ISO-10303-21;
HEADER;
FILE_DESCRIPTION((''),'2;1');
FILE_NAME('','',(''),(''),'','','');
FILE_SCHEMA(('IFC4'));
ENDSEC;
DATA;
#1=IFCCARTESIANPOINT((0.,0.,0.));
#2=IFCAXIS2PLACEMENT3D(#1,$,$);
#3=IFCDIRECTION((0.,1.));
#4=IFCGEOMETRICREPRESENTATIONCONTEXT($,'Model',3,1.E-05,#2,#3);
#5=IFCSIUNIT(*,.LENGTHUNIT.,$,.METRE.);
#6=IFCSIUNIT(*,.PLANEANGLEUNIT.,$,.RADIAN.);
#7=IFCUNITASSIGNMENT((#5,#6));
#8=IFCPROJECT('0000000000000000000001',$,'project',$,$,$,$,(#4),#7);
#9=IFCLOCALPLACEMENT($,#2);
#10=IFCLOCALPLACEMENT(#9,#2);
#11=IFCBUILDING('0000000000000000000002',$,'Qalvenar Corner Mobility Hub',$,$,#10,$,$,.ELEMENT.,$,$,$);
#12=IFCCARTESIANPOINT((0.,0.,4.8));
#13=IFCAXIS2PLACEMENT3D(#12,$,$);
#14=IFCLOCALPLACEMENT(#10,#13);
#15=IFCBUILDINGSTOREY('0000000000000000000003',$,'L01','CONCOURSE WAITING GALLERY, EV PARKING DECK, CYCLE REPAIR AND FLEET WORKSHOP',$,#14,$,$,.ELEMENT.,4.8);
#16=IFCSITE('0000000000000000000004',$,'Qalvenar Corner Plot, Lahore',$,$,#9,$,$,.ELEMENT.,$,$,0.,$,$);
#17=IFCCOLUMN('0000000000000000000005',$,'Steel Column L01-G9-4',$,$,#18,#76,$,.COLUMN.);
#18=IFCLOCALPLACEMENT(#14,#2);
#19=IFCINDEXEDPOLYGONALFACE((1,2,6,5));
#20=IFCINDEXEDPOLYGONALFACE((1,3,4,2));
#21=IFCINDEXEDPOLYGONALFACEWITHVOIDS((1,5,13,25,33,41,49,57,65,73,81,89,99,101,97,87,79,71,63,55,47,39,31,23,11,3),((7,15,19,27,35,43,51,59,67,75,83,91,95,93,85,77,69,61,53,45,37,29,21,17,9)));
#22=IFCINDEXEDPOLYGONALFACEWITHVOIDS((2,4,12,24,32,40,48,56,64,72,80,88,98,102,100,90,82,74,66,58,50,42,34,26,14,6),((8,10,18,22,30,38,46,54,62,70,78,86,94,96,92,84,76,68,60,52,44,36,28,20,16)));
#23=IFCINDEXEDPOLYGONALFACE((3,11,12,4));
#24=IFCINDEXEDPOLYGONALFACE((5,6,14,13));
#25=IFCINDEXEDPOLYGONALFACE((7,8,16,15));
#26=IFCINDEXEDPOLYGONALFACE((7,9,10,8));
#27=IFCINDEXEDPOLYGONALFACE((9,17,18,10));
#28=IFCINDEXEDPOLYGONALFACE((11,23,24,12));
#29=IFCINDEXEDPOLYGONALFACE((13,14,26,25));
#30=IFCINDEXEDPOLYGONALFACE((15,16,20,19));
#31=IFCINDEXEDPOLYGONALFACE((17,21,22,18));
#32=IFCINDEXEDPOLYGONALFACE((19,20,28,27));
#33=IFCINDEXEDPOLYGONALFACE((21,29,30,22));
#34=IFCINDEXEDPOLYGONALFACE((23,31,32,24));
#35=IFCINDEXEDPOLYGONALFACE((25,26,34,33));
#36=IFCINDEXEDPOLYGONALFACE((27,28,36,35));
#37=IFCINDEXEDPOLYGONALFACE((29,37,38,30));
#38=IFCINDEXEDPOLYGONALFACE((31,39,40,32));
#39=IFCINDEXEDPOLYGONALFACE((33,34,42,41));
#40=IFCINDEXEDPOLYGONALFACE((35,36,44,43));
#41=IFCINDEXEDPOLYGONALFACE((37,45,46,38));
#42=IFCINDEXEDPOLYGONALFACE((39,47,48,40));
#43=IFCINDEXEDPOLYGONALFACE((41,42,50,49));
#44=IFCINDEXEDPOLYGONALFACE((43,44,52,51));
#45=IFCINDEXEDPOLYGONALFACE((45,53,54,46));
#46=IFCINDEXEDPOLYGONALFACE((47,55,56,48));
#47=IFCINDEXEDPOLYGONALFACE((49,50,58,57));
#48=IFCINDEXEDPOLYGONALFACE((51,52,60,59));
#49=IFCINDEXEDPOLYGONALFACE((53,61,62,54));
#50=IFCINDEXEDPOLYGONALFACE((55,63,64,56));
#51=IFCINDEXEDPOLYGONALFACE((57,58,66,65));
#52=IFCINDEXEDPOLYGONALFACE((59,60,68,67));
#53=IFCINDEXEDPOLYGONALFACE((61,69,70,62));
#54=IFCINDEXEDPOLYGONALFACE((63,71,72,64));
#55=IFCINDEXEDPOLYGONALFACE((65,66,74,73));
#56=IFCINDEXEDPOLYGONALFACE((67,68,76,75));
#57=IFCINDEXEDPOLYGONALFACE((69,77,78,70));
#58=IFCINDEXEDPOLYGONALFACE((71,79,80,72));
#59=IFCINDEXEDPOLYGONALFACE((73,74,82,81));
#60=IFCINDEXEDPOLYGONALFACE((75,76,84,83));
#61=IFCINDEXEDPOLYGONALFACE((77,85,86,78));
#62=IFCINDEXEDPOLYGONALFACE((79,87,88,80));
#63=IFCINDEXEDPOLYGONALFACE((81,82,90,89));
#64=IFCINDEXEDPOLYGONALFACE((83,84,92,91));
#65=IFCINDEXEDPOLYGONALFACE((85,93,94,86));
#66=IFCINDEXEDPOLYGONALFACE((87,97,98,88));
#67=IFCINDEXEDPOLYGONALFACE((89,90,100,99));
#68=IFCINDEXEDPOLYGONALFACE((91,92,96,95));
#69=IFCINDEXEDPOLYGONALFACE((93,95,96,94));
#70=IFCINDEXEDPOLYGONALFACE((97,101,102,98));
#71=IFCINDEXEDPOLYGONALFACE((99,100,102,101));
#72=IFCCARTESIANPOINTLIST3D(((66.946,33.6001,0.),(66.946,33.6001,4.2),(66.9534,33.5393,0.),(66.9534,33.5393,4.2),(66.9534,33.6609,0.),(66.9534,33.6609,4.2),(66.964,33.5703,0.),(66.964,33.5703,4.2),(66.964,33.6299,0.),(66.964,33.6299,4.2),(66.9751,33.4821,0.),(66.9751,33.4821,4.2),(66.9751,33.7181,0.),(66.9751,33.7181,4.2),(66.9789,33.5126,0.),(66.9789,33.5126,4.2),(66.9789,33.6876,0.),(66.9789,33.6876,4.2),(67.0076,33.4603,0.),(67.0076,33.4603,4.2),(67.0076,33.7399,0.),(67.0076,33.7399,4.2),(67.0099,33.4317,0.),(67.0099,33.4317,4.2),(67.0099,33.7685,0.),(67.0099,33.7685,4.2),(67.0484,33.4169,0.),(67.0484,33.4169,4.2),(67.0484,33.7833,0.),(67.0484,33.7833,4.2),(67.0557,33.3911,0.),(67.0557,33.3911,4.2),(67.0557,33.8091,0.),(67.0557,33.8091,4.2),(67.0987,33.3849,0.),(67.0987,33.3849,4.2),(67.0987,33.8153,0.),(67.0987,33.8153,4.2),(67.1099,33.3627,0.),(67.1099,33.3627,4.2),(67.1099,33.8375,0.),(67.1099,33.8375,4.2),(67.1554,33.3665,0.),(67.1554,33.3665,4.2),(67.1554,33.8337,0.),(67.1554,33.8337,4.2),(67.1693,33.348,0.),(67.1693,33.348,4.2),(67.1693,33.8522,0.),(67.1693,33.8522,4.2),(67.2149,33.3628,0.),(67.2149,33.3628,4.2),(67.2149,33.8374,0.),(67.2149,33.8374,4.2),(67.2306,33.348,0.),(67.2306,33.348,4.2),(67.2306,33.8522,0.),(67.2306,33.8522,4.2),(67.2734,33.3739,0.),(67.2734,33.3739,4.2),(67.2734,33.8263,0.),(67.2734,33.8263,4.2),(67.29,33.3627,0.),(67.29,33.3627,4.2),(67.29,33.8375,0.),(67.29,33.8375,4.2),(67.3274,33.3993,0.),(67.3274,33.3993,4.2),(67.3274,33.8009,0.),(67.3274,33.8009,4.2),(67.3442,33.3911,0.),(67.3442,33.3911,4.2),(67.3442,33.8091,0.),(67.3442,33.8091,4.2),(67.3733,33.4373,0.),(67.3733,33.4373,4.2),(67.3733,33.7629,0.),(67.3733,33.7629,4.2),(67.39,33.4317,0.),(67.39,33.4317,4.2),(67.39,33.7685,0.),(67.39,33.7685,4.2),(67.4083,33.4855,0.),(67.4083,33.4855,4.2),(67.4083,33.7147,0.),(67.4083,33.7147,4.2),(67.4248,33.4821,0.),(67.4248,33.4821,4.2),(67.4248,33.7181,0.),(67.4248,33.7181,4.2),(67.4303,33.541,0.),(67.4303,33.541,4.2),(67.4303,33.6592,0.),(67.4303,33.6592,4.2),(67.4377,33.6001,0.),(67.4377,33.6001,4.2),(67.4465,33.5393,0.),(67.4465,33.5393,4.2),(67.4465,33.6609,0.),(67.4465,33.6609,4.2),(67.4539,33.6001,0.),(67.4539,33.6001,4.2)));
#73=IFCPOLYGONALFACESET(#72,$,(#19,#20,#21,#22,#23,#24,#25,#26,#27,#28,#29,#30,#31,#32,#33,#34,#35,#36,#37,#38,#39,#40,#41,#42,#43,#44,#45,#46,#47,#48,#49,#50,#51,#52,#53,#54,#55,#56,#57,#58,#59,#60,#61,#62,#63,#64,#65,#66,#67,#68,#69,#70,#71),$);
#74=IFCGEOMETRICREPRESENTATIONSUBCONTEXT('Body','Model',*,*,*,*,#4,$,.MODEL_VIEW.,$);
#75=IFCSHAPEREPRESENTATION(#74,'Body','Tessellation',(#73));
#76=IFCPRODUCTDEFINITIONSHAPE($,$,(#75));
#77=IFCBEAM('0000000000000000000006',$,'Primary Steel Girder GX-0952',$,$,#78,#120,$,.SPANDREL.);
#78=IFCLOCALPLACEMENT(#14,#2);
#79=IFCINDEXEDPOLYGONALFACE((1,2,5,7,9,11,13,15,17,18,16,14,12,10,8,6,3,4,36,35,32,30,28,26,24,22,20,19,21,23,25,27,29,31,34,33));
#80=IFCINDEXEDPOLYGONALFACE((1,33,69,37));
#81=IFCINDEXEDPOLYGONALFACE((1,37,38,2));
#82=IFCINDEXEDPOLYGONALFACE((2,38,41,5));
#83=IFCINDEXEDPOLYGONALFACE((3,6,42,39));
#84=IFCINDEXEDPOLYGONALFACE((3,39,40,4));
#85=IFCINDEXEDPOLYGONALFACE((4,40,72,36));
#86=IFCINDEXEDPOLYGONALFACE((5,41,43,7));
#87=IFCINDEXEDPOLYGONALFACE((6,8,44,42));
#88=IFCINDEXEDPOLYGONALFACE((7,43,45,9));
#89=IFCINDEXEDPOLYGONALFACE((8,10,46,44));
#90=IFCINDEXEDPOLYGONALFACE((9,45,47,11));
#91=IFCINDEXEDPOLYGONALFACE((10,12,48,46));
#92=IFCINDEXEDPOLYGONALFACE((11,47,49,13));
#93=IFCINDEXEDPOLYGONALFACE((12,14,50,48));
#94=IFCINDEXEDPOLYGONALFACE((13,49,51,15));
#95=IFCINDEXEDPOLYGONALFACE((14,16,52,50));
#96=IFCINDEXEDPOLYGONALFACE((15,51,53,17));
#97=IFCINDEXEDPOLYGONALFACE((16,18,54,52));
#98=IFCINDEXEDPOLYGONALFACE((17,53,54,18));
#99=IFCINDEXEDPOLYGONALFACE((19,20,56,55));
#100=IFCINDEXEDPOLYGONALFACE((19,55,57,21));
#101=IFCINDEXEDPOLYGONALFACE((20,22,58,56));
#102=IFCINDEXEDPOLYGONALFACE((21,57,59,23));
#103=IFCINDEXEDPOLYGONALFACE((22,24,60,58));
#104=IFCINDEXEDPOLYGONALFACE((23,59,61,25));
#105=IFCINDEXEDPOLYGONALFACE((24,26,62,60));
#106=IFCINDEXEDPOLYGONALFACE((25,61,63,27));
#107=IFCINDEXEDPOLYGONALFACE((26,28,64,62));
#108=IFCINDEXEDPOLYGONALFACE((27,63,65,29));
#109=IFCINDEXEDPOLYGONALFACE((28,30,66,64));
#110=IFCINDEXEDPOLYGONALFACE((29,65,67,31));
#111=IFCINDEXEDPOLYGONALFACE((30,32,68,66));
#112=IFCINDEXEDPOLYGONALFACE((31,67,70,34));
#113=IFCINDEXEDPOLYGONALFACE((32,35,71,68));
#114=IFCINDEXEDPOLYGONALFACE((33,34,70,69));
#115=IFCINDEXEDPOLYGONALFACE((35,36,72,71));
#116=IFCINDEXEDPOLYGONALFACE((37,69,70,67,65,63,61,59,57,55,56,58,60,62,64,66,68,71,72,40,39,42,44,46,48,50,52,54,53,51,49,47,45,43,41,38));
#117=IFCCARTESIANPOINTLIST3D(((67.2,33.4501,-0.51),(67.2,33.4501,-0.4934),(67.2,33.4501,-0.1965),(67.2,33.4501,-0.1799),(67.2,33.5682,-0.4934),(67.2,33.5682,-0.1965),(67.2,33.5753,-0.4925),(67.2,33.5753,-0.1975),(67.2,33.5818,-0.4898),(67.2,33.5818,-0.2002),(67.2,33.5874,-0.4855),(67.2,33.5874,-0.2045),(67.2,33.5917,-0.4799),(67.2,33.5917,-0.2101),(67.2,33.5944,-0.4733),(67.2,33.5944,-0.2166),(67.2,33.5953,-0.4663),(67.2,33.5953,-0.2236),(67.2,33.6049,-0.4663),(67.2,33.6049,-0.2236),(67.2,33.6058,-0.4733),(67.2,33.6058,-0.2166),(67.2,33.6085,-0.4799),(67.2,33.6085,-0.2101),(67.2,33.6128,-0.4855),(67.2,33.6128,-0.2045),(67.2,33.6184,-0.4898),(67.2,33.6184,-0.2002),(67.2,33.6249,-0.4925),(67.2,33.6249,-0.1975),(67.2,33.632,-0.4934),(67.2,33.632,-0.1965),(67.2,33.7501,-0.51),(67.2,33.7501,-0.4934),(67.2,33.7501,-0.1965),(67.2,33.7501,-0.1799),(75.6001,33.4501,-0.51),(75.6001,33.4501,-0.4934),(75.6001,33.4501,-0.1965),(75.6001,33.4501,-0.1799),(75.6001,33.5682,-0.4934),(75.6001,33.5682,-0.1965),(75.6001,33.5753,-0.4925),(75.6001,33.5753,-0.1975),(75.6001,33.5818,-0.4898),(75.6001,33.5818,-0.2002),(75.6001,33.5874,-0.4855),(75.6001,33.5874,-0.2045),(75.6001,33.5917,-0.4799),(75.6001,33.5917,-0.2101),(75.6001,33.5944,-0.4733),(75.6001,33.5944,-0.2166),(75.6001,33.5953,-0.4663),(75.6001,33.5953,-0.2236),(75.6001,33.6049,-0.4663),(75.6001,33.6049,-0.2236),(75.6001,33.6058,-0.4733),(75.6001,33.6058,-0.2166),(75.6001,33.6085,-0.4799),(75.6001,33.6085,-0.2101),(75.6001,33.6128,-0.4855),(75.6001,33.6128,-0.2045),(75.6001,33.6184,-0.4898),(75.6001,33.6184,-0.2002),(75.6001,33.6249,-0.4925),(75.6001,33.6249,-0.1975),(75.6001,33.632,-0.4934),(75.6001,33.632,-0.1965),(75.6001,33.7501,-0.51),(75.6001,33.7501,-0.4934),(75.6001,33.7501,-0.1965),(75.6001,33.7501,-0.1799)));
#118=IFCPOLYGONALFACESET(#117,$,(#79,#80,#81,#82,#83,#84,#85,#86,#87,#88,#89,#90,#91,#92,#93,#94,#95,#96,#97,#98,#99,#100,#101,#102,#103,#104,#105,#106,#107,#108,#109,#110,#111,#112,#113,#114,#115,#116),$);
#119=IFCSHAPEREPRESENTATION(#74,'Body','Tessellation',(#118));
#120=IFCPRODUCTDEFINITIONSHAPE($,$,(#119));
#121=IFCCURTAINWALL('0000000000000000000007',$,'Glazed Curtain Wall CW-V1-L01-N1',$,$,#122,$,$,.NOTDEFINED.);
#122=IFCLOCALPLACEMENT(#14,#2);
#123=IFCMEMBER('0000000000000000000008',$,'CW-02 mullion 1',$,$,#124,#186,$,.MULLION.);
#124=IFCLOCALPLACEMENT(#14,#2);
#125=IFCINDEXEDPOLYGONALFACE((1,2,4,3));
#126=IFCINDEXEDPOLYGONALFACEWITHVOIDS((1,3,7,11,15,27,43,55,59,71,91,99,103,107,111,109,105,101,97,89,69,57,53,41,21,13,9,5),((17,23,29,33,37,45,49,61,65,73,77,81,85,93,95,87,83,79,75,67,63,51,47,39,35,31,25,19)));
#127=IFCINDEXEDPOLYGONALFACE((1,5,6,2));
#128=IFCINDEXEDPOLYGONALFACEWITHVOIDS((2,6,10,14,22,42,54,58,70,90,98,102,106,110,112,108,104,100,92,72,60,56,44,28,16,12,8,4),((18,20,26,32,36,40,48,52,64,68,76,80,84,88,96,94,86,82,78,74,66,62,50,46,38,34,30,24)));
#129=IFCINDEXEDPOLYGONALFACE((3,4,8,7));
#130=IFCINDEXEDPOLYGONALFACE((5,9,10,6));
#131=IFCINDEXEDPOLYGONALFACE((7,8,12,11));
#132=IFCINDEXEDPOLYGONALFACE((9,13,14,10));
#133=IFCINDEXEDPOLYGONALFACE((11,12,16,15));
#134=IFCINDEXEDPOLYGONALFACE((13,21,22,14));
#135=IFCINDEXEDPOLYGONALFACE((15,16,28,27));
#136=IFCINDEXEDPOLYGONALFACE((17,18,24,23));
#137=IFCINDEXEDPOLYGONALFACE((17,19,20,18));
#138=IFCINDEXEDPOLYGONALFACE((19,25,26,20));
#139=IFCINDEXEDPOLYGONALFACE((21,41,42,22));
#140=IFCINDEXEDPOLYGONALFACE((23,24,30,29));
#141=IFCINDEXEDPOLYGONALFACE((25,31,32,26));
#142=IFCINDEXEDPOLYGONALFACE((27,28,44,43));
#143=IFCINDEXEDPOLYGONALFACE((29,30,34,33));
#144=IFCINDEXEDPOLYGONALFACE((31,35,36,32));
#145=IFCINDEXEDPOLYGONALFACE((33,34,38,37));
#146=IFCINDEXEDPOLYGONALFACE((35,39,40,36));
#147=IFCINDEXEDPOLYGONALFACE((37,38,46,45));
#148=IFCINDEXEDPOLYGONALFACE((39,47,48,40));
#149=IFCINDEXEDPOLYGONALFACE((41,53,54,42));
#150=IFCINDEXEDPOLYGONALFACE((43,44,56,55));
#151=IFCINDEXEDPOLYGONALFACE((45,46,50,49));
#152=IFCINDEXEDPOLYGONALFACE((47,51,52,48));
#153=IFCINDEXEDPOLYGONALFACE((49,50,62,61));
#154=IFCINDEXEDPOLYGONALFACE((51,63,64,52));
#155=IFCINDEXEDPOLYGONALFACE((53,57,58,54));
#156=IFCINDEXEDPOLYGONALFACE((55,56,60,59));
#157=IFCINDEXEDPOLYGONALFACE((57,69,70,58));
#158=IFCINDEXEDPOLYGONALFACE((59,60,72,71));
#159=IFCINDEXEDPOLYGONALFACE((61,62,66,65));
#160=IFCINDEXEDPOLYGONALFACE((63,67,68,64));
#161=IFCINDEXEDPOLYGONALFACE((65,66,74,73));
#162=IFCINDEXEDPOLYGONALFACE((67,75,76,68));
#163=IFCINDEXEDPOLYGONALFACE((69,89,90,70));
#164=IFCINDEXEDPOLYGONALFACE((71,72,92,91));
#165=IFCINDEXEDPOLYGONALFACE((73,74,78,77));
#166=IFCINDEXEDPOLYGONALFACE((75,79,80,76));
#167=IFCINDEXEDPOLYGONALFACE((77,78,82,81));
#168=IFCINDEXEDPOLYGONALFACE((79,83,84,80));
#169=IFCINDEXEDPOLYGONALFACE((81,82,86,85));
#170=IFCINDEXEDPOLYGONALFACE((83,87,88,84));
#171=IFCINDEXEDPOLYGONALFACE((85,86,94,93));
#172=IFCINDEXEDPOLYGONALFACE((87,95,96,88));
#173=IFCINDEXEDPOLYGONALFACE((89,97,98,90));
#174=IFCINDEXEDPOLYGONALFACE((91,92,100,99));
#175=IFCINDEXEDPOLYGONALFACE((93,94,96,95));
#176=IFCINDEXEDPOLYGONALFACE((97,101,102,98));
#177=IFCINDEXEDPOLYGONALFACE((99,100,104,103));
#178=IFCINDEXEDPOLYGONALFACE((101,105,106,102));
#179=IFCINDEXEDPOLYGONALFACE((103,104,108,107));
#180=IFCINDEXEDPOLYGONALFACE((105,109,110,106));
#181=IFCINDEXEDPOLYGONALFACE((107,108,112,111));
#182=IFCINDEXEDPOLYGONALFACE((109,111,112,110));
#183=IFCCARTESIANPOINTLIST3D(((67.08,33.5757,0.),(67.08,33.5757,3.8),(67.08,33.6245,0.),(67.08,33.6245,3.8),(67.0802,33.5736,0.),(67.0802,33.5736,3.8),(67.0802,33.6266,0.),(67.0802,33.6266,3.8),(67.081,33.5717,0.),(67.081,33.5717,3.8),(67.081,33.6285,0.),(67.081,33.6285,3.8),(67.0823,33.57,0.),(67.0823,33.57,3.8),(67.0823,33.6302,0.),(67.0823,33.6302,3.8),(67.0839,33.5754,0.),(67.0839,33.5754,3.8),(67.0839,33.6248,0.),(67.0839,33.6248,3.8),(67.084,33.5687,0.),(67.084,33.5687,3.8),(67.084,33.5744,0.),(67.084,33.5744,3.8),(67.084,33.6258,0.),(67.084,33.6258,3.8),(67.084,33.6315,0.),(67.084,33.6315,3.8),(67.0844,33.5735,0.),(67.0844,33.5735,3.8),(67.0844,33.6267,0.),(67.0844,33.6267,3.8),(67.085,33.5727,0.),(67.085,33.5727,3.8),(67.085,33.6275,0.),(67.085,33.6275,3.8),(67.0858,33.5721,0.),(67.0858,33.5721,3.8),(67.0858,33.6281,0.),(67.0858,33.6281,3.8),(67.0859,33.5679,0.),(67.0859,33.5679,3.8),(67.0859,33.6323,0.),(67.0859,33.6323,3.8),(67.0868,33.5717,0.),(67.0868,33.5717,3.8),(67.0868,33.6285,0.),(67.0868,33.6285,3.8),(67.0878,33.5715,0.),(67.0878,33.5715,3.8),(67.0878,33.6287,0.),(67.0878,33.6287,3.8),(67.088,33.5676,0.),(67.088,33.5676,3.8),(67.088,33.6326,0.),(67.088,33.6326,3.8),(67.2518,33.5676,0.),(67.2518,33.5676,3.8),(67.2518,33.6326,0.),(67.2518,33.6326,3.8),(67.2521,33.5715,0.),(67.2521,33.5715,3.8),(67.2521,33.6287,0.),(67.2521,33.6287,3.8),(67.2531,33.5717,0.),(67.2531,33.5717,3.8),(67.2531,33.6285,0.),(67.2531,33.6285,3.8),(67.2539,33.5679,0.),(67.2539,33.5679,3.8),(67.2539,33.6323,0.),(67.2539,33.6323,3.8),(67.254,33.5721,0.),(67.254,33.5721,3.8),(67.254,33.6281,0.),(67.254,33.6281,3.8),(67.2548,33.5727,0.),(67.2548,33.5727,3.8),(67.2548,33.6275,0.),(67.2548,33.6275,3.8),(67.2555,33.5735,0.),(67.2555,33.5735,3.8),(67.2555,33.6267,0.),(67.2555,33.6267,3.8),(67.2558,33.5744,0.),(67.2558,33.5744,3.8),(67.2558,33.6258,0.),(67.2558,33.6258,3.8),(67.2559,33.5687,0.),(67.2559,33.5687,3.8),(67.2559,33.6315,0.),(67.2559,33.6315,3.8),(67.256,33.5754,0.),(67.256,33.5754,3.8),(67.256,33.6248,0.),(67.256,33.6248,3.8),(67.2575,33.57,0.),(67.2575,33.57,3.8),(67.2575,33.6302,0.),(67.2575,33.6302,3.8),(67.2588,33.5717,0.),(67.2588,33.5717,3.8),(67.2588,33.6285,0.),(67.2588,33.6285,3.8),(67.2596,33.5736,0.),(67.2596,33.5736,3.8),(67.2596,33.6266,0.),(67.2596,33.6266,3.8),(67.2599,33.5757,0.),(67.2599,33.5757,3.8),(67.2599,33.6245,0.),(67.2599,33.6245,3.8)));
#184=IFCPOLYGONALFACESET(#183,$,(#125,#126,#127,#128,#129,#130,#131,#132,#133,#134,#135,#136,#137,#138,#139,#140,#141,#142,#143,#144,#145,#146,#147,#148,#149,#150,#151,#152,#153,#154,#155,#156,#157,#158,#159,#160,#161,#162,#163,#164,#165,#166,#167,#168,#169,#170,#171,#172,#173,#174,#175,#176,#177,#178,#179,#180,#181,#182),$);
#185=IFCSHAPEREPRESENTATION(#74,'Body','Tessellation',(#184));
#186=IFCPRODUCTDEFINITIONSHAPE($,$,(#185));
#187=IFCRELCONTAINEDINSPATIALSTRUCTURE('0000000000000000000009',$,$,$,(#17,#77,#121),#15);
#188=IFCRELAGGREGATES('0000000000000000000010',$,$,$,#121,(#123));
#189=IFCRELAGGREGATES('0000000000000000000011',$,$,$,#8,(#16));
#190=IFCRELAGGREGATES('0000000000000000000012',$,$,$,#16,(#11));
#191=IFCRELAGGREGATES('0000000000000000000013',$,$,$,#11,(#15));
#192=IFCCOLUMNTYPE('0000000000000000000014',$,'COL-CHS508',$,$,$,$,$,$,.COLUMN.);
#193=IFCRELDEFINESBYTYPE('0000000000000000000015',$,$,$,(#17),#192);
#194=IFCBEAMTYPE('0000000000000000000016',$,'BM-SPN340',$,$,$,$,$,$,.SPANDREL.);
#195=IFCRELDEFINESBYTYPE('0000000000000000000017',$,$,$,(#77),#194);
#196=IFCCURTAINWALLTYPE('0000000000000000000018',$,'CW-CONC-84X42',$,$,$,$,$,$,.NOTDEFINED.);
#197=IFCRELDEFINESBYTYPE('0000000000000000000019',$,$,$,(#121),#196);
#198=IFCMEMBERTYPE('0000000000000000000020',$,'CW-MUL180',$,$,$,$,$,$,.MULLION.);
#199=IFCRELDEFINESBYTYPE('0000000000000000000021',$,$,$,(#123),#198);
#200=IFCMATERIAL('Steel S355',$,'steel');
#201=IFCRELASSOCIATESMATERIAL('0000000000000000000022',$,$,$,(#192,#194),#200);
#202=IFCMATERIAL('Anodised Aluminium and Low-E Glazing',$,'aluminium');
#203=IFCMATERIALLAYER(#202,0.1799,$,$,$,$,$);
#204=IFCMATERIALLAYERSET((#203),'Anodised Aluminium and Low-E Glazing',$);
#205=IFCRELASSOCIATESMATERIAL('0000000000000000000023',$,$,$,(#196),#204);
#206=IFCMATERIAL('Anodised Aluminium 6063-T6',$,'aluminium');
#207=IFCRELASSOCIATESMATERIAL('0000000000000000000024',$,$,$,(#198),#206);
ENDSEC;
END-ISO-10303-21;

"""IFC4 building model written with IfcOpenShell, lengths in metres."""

from ifc_helpers import new_model, si_unit, direction, frame, origin, origin_2d, place, context, subcontext, project, spatial, hollow_rectangle, hollow_circle, i_section, extrude, material, layer, layer_set, material_profile, profile_set, type_object, element, aggregate, save


model = new_model("IFC4")

# Units and contexts
model_context = context("Model", 3, precision=1e-05, world=origin(), true_north=direction((0.0, 1.0)))
body_context = subcontext(model_context, "Body", "Model", "MODEL_VIEW")
ifc_project = project(units=[si_unit("LENGTHUNIT", "METRE"), si_unit("PLANEANGLEUNIT", "RADIAN")], contexts=[model_context])

# Site, building, storey
site_placement = place(None, origin())
site = spatial("IfcSite", under=ifc_project, at=site_placement, Name="Qalvenar Corner Plot, Lahore", CompositionType="ELEMENT", RefElevation=0.0)
building_placement = place(site_placement, origin())
building = spatial("IfcBuilding", under=site, at=building_placement, Name="Qalvenar Corner Mobility Hub", CompositionType="ELEMENT")
storey_placement = place(building_placement, frame((0.0, 0.0, 4.8)))
storey = spatial("IfcBuildingStorey", under=building, at=storey_placement, Name="L01", Description="CONCOURSE WAITING GALLERY, EV PARKING DECK, CYCLE REPAIR AND FLEET WORKSHOP", CompositionType="ELEMENT", Elevation=4.8)

# Column
ifc_material_1 = material(Name="Steel S355", Category="steel")
ifc_material_profile_1 = material_profile(ifc_material_1, hollow_circle(Radius=0.2539, WallThickness=0.0161, at=origin_2d()), Name="CHS508x16")
ifc_profile_set_1 = profile_set([ifc_material_profile_1], Name="Steel S355")
column_type = type_object("IfcColumnType", Name="COL-CHS508", PredefinedType="COLUMN", material=ifc_profile_set_1)
column_placement = place(storey_placement, frame((67.2, 33.6001, 0.0), z_axis=(0.0, 0.0, 1.0), x_axis=(1.0, 0.0, 0.0)))
element("IfcColumn", 1, at=column_placement, inside=storey, type_object=column_type, Name="Steel Column L01-G9-4", PredefinedType="COLUMN", context=body_context, shape_type="SweptSolid", body=[
    extrude(hollow_circle(Radius=0.2539, WallThickness=0.0161, at=origin_2d()), origin(), (0.0, 0.0, 1.0), 4.2),
])

# Beam
ifc_material_profile_2 = material_profile(ifc_material_1, i_section(OverallWidth=0.3, OverallDepth=0.3301, WebThickness=0.0095, FlangeThickness=0.0166, FilletRadius=0.0271, at=origin_2d()), Name="HEA340")
ifc_profile_set_2 = profile_set([ifc_material_profile_2], Name="Steel S355")
beam_type = type_object("IfcBeamType", Name="BM-SPN340", PredefinedType="SPANDREL", material=ifc_profile_set_2)
beam_placement = place(storey_placement, frame((67.2, 33.6001, -0.345), z_axis=(1.0, 0.0, 0.0), x_axis=(0.0, 1.0, 0.0)))
element("IfcBeam", 2, at=beam_placement, inside=storey, type_object=beam_type, Name="Primary Steel Girder GX-0952", PredefinedType="SPANDREL", context=body_context, shape_type="SweptSolid", body=[
    extrude(i_section(OverallWidth=0.3, OverallDepth=0.3301, WebThickness=0.0095, FlangeThickness=0.0166, FilletRadius=0.0271, at=origin_2d()), origin(), (0.0, 0.0, 1.0), 8.4001),
])

# Curtain wall, member
ifc_material_2 = material(Name="Anodised Aluminium and Low-E Glazing", Category="aluminium")
ifc_layer_1 = layer(ifc_material_2, 0.1799)
ifc_layer_set_1 = layer_set([ifc_layer_1], Name="Anodised Aluminium and Low-E Glazing")
curtain_wall_type = type_object("IfcCurtainWallType", Name="CW-CONC-84X42", PredefinedType="NOTDEFINED", material=ifc_layer_set_1)
curtain_wall_1_placement = place(storey_placement, origin())
curtain_wall_1 = element("IfcCurtainWall", 3, at=curtain_wall_1_placement, inside=storey, type_object=curtain_wall_type, Name="Glazed Curtain Wall CW-V1-L01-N1", PredefinedType="NOTDEFINED")
ifc_material_3 = material(Name="Anodised Aluminium 6063-T6", Category="aluminium")
ifc_material_profile_3 = material_profile(ifc_material_3, hollow_rectangle(XDim=0.0649, YDim=0.1799, WallThickness=0.0039, InnerFilletRadius=0.0039, OuterFilletRadius=0.0081, at=origin_2d()), Name="RHS180x65x4")
ifc_profile_set_3 = profile_set([ifc_material_profile_3], Name="Anodised Aluminium 6063-T6")
member_type_1 = type_object("IfcMemberType", Name="CW-MUL180", PredefinedType="MULLION", material=ifc_profile_set_3)
member_1_placement = place(storey_placement, frame((67.1699, 33.6001, 0.0), z_axis=(0.0, 0.0, 1.0), x_axis=(0.0, -1.0, 0.0)))
member_1 = element("IfcMember", 4, at=member_1_placement, type_object=member_type_1, Name="CW-02 mullion 1", PredefinedType="MULLION", context=body_context, shape_type="SweptSolid", body=[
    extrude(hollow_rectangle(XDim=0.0649, YDim=0.1799, WallThickness=0.0039, InnerFilletRadius=0.0039, OuterFilletRadius=0.0081, at=origin_2d()), origin(), (0.0, 0.0, 1.0), 3.8),
])

aggregate(curtain_wall_1, [member_1])

save(model, "model.ifc")
